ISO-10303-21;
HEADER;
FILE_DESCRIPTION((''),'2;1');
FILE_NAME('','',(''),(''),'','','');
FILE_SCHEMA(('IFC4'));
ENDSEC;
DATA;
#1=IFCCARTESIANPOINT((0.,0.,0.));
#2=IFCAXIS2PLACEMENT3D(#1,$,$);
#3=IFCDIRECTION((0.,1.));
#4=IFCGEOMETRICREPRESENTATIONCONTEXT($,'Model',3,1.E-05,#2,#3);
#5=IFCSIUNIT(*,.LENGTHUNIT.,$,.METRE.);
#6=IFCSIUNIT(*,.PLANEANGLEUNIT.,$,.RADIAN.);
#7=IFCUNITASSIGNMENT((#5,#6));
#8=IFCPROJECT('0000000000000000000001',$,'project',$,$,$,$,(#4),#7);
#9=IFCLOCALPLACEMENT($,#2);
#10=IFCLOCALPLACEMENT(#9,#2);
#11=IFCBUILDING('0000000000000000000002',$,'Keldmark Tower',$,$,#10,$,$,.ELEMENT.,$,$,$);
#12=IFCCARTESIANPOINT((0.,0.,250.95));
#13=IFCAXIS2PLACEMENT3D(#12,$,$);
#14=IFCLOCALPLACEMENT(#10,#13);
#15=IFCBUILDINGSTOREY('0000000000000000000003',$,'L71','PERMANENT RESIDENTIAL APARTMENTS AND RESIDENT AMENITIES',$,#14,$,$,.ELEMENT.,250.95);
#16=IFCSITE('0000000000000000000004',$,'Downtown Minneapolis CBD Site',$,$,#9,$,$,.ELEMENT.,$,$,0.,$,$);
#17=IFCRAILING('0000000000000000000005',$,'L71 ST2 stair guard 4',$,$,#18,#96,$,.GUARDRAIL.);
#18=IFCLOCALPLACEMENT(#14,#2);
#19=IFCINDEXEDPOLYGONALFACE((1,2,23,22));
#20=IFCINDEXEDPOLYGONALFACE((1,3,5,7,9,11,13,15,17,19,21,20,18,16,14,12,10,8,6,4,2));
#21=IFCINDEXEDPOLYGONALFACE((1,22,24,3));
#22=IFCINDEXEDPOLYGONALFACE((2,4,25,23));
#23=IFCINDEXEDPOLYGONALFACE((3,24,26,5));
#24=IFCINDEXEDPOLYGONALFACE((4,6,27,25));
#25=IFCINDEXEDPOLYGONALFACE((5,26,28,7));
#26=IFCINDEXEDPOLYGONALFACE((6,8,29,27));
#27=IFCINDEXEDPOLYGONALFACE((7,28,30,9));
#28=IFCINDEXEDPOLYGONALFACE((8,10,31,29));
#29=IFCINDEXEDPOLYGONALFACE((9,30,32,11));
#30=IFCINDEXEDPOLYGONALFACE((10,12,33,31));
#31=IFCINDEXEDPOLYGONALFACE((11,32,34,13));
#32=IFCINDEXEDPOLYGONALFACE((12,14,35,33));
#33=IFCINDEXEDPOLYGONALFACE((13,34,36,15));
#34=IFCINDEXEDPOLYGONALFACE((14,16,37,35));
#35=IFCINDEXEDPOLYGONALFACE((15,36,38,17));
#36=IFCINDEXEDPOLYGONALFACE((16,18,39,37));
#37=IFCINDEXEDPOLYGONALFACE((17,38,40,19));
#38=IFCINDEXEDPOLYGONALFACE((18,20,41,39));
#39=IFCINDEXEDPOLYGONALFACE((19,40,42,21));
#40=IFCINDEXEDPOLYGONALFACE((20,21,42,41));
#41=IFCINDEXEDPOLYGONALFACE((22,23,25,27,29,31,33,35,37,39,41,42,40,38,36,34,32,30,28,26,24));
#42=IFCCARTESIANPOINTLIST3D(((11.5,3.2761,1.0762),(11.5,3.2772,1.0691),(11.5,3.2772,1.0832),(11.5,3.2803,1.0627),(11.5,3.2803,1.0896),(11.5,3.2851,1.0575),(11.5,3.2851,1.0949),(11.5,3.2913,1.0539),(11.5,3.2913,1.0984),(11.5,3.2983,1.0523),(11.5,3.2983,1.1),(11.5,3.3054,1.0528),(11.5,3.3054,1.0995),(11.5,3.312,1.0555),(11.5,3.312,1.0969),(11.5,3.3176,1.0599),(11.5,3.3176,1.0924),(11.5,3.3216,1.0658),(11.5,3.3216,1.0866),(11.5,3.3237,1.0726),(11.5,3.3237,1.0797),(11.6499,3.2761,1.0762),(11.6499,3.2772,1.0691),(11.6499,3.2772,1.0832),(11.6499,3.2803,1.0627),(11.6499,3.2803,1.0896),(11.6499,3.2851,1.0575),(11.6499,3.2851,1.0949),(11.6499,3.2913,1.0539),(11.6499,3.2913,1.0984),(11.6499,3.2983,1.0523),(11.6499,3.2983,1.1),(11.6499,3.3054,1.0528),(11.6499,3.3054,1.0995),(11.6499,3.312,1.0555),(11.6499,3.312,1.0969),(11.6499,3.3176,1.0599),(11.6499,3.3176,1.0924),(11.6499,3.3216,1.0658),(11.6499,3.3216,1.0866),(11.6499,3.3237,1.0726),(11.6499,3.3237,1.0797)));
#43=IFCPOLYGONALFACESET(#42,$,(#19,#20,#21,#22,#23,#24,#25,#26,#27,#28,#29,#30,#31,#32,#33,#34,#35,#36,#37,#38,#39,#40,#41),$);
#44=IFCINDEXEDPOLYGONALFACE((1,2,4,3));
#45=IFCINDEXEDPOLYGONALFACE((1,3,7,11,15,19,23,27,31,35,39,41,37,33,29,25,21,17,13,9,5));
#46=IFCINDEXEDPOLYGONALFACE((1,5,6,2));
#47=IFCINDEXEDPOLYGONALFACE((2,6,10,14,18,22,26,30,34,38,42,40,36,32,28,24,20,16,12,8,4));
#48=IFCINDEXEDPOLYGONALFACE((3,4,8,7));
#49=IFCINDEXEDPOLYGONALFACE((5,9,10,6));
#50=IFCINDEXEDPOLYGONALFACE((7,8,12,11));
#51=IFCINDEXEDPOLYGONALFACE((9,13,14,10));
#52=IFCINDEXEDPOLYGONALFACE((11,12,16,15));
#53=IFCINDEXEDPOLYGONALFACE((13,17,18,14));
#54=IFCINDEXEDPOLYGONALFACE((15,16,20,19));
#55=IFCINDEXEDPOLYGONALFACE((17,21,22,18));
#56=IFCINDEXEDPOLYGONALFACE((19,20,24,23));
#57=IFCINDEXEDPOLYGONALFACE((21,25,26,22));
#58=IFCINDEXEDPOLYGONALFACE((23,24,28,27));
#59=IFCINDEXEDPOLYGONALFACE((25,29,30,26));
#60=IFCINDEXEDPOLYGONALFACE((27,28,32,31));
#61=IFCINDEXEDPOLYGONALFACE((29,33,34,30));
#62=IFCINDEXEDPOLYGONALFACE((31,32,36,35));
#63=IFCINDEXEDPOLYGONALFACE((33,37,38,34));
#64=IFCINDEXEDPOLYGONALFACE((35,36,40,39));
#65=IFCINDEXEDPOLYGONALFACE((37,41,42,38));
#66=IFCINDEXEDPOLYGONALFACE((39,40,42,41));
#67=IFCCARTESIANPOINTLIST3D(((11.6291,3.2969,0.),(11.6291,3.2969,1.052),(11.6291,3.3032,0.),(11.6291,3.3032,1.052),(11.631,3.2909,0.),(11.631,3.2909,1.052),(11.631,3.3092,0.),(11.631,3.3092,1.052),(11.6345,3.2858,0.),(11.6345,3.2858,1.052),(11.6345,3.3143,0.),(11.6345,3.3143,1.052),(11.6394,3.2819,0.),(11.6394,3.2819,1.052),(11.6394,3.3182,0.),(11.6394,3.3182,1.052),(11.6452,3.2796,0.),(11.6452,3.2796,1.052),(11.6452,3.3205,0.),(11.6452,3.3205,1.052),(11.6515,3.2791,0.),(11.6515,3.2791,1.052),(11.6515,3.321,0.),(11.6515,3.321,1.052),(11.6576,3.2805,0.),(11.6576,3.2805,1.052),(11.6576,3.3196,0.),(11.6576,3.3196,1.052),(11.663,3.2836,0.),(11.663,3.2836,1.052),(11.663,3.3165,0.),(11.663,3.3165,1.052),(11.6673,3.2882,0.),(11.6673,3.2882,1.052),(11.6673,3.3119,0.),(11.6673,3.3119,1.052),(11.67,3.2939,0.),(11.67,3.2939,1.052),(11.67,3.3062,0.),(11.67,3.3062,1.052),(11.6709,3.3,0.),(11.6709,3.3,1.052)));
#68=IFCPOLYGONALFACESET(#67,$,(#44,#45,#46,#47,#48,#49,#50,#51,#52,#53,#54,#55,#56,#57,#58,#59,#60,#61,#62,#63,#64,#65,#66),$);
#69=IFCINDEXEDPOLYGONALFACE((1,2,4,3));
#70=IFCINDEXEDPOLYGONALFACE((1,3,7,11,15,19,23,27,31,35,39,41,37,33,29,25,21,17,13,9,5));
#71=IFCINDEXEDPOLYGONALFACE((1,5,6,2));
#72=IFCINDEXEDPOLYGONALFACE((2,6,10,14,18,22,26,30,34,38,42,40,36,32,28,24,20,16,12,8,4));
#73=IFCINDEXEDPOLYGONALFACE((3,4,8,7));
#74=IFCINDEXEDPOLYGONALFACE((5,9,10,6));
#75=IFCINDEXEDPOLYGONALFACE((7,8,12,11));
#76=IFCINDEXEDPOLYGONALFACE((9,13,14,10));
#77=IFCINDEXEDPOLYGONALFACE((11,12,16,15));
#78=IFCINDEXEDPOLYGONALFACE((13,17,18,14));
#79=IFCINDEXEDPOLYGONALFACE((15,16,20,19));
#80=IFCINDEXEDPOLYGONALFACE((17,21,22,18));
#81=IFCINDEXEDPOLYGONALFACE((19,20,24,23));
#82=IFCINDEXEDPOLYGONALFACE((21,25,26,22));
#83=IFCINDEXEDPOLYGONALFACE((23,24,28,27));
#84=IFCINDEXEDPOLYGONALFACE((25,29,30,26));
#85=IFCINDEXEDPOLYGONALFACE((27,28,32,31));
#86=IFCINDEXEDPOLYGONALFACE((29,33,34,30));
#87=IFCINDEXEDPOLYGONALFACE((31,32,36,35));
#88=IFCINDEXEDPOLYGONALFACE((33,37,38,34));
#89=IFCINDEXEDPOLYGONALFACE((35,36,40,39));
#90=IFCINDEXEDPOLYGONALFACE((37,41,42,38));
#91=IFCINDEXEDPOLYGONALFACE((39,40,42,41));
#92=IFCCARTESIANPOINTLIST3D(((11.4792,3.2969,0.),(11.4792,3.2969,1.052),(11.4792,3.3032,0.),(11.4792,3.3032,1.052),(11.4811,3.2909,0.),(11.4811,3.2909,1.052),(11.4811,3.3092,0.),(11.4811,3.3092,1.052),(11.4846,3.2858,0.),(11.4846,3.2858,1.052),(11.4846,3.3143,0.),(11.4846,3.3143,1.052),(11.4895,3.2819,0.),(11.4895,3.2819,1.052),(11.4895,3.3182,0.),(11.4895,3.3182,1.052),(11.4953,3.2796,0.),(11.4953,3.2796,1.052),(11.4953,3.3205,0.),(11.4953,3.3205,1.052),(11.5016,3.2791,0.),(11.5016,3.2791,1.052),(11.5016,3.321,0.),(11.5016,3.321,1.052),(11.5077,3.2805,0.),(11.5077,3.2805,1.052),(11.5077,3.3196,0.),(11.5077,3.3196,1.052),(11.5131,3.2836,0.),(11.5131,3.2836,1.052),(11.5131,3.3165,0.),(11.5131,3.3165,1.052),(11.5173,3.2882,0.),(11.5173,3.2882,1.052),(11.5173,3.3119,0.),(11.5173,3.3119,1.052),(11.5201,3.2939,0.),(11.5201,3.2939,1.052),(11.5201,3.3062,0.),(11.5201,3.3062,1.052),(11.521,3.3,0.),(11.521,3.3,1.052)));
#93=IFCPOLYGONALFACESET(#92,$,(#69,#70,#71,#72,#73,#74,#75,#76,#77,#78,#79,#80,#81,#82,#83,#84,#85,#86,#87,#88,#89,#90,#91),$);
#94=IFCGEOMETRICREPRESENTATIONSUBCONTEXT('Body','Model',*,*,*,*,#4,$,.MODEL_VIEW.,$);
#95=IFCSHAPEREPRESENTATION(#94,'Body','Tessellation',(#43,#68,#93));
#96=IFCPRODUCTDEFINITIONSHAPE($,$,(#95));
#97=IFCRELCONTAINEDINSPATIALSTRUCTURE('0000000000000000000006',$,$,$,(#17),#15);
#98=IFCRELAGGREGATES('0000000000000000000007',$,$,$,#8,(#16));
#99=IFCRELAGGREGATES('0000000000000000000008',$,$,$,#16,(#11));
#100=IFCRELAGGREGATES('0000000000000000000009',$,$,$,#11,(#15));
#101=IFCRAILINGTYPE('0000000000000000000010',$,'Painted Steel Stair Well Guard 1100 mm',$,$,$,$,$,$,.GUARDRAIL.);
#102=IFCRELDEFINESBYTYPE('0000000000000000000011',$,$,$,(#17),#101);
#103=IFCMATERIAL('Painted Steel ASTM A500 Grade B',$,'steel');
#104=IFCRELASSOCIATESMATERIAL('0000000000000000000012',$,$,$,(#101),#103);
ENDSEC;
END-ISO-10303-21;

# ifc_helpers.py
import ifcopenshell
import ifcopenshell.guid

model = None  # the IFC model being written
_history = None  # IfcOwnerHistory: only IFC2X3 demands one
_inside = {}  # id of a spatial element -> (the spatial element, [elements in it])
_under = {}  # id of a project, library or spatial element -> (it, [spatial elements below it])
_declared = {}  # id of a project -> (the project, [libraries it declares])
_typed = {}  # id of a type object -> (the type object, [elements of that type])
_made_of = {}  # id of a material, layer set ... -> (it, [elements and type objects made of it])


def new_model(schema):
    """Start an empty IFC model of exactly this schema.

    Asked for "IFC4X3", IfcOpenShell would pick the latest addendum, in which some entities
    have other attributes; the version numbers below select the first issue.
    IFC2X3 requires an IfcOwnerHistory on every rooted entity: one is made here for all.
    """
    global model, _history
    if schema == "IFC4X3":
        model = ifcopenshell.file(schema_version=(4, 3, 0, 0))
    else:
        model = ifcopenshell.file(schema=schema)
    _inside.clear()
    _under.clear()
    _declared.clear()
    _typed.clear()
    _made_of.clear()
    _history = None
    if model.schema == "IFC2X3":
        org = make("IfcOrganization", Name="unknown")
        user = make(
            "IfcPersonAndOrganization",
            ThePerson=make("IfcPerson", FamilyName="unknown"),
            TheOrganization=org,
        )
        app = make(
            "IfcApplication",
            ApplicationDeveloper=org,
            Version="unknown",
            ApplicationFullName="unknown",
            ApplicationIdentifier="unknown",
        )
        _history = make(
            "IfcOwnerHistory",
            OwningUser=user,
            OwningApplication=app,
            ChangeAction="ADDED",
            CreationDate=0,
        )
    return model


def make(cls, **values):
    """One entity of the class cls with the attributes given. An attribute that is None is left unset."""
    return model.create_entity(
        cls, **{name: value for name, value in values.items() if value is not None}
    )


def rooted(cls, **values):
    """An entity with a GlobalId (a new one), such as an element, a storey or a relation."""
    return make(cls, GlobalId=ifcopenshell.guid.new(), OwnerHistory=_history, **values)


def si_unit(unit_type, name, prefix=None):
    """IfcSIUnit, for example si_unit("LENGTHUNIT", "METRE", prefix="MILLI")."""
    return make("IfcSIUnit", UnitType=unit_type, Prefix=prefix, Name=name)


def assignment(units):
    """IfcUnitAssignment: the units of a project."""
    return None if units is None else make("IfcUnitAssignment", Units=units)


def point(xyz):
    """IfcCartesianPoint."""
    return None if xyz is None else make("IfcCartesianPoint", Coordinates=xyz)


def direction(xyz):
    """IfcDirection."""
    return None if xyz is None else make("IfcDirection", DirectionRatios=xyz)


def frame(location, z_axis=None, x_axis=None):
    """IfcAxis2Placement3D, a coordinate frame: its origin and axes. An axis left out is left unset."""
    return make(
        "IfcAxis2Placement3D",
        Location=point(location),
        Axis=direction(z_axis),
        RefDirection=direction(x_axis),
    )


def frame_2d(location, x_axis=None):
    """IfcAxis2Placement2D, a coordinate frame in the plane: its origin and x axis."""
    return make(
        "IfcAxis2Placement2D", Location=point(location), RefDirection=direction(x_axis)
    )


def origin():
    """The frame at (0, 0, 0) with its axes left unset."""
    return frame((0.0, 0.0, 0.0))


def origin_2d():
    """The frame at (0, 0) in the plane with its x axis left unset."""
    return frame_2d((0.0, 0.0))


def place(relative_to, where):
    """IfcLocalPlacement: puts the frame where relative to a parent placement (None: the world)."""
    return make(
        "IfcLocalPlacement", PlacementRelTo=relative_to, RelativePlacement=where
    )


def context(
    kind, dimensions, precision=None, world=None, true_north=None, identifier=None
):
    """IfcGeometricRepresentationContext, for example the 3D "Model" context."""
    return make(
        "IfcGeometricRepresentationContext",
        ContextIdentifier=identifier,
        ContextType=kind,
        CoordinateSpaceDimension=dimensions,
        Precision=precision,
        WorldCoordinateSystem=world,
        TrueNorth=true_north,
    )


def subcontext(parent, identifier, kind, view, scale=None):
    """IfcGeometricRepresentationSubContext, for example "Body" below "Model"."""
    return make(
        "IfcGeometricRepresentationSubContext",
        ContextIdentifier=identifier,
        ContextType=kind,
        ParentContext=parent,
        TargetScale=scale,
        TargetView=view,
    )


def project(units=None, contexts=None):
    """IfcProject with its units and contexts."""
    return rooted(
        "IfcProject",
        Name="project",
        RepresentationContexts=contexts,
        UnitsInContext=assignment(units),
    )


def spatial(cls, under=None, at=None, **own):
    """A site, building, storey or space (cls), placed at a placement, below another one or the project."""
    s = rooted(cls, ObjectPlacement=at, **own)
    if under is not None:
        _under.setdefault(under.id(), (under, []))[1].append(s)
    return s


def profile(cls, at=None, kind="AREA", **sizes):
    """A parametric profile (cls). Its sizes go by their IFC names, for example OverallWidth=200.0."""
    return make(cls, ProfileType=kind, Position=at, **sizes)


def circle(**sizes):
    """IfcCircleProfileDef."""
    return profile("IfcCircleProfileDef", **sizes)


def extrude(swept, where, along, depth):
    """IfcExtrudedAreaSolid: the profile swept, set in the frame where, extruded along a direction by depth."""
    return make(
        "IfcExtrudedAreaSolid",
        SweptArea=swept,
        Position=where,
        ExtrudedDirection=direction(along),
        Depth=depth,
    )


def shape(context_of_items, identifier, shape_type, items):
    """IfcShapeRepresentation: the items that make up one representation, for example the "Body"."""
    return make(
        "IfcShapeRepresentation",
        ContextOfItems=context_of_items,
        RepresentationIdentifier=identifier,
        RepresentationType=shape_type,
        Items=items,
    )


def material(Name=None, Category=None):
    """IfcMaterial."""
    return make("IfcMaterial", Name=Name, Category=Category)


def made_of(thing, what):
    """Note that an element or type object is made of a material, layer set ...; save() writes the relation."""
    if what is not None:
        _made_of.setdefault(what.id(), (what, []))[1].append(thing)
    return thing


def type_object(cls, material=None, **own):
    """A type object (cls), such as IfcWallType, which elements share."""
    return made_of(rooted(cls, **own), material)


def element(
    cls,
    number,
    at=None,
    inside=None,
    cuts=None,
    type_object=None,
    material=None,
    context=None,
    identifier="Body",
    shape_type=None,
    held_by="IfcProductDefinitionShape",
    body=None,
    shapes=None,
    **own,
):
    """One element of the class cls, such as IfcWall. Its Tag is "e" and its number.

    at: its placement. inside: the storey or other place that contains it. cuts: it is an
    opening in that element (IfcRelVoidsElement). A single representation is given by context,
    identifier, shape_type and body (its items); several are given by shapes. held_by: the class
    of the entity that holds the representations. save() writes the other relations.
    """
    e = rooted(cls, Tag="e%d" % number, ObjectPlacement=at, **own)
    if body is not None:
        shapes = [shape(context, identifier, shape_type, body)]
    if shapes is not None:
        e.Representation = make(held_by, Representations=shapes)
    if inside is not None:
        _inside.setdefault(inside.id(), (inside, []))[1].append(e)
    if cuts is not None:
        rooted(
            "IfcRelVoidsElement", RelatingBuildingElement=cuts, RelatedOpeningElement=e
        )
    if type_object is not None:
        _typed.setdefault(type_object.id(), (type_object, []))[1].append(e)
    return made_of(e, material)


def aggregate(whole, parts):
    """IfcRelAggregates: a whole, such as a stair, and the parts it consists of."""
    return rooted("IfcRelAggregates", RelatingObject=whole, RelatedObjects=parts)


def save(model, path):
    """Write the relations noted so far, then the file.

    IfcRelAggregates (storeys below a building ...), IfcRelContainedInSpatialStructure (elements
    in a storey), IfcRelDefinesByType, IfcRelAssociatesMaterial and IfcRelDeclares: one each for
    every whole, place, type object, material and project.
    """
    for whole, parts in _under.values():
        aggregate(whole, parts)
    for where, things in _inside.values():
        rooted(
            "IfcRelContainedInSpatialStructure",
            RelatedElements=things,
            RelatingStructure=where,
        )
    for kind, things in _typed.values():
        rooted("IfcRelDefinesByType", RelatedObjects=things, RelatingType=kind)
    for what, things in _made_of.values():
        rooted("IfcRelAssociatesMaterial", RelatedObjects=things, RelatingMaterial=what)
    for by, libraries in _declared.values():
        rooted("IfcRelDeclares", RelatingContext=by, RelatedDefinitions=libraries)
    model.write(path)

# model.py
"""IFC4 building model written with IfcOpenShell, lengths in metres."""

from ifc_helpers import new_model, si_unit, direction, frame, origin, origin_2d, place, context, subcontext, project, spatial, circle, extrude, material, type_object, element, save


model = new_model("IFC4")

# Units and contexts
model_context = context("Model", 3, precision=1e-05, world=origin(), true_north=direction((0.0, 1.0)))
body_context = subcontext(model_context, "Body", "Model", "MODEL_VIEW")
ifc_project = project(units=[si_unit("LENGTHUNIT", "METRE"), si_unit("PLANEANGLEUNIT", "RADIAN")], contexts=[model_context])

# Site, building, storey
site_placement = place(None, origin())
site = spatial("IfcSite", under=ifc_project, at=site_placement, Name="Downtown Minneapolis CBD Site", CompositionType="ELEMENT", RefElevation=0.0)
building_placement = place(site_placement, origin())
building = spatial("IfcBuilding", under=site, at=building_placement, Name="Keldmark Tower", CompositionType="ELEMENT")
storey_placement = place(building_placement, frame((0.0, 0.0, 250.95)))
storey = spatial("IfcBuildingStorey", under=building, at=storey_placement, Name="L71", Description="PERMANENT RESIDENTIAL APARTMENTS AND RESIDENT AMENITIES", CompositionType="ELEMENT", Elevation=250.95)

# Railing
ifc_material_1 = material(Name="Painted Steel ASTM A500 Grade B", Category="steel")
railing_type_1 = type_object("IfcRailingType", Name="Painted Steel Stair Well Guard 1100 mm", PredefinedType="GUARDRAIL", material=ifc_material_1)
railing_1_placement = place(storey_placement, frame((11.6499, 3.3, 0.0)))
element("IfcRailing", 1, at=railing_1_placement, inside=storey, type_object=railing_type_1, Name="L71 ST2 stair guard 4", PredefinedType="GUARDRAIL", context=body_context, shape_type="SweptSolid", body=[
    extrude(circle(Radius=0.0239, at=origin_2d()), frame((0.0, 0.0, 1.0762), z_axis=(-1.0, 0.0, 0.0), x_axis=(0.0, -1.0, 0.0)), (0.0, 0.0, 1.0), 0.1499),
    extrude(circle(Radius=0.021, at=origin_2d()), origin(), (0.0, 0.0, 1.0), 1.052),
    extrude(circle(Radius=0.021, at=origin_2d()), frame((-0.1499, 0.0, 0.0)), (0.0, 0.0, 1.0), 1.052),
])

save(model, "model.ifc")
